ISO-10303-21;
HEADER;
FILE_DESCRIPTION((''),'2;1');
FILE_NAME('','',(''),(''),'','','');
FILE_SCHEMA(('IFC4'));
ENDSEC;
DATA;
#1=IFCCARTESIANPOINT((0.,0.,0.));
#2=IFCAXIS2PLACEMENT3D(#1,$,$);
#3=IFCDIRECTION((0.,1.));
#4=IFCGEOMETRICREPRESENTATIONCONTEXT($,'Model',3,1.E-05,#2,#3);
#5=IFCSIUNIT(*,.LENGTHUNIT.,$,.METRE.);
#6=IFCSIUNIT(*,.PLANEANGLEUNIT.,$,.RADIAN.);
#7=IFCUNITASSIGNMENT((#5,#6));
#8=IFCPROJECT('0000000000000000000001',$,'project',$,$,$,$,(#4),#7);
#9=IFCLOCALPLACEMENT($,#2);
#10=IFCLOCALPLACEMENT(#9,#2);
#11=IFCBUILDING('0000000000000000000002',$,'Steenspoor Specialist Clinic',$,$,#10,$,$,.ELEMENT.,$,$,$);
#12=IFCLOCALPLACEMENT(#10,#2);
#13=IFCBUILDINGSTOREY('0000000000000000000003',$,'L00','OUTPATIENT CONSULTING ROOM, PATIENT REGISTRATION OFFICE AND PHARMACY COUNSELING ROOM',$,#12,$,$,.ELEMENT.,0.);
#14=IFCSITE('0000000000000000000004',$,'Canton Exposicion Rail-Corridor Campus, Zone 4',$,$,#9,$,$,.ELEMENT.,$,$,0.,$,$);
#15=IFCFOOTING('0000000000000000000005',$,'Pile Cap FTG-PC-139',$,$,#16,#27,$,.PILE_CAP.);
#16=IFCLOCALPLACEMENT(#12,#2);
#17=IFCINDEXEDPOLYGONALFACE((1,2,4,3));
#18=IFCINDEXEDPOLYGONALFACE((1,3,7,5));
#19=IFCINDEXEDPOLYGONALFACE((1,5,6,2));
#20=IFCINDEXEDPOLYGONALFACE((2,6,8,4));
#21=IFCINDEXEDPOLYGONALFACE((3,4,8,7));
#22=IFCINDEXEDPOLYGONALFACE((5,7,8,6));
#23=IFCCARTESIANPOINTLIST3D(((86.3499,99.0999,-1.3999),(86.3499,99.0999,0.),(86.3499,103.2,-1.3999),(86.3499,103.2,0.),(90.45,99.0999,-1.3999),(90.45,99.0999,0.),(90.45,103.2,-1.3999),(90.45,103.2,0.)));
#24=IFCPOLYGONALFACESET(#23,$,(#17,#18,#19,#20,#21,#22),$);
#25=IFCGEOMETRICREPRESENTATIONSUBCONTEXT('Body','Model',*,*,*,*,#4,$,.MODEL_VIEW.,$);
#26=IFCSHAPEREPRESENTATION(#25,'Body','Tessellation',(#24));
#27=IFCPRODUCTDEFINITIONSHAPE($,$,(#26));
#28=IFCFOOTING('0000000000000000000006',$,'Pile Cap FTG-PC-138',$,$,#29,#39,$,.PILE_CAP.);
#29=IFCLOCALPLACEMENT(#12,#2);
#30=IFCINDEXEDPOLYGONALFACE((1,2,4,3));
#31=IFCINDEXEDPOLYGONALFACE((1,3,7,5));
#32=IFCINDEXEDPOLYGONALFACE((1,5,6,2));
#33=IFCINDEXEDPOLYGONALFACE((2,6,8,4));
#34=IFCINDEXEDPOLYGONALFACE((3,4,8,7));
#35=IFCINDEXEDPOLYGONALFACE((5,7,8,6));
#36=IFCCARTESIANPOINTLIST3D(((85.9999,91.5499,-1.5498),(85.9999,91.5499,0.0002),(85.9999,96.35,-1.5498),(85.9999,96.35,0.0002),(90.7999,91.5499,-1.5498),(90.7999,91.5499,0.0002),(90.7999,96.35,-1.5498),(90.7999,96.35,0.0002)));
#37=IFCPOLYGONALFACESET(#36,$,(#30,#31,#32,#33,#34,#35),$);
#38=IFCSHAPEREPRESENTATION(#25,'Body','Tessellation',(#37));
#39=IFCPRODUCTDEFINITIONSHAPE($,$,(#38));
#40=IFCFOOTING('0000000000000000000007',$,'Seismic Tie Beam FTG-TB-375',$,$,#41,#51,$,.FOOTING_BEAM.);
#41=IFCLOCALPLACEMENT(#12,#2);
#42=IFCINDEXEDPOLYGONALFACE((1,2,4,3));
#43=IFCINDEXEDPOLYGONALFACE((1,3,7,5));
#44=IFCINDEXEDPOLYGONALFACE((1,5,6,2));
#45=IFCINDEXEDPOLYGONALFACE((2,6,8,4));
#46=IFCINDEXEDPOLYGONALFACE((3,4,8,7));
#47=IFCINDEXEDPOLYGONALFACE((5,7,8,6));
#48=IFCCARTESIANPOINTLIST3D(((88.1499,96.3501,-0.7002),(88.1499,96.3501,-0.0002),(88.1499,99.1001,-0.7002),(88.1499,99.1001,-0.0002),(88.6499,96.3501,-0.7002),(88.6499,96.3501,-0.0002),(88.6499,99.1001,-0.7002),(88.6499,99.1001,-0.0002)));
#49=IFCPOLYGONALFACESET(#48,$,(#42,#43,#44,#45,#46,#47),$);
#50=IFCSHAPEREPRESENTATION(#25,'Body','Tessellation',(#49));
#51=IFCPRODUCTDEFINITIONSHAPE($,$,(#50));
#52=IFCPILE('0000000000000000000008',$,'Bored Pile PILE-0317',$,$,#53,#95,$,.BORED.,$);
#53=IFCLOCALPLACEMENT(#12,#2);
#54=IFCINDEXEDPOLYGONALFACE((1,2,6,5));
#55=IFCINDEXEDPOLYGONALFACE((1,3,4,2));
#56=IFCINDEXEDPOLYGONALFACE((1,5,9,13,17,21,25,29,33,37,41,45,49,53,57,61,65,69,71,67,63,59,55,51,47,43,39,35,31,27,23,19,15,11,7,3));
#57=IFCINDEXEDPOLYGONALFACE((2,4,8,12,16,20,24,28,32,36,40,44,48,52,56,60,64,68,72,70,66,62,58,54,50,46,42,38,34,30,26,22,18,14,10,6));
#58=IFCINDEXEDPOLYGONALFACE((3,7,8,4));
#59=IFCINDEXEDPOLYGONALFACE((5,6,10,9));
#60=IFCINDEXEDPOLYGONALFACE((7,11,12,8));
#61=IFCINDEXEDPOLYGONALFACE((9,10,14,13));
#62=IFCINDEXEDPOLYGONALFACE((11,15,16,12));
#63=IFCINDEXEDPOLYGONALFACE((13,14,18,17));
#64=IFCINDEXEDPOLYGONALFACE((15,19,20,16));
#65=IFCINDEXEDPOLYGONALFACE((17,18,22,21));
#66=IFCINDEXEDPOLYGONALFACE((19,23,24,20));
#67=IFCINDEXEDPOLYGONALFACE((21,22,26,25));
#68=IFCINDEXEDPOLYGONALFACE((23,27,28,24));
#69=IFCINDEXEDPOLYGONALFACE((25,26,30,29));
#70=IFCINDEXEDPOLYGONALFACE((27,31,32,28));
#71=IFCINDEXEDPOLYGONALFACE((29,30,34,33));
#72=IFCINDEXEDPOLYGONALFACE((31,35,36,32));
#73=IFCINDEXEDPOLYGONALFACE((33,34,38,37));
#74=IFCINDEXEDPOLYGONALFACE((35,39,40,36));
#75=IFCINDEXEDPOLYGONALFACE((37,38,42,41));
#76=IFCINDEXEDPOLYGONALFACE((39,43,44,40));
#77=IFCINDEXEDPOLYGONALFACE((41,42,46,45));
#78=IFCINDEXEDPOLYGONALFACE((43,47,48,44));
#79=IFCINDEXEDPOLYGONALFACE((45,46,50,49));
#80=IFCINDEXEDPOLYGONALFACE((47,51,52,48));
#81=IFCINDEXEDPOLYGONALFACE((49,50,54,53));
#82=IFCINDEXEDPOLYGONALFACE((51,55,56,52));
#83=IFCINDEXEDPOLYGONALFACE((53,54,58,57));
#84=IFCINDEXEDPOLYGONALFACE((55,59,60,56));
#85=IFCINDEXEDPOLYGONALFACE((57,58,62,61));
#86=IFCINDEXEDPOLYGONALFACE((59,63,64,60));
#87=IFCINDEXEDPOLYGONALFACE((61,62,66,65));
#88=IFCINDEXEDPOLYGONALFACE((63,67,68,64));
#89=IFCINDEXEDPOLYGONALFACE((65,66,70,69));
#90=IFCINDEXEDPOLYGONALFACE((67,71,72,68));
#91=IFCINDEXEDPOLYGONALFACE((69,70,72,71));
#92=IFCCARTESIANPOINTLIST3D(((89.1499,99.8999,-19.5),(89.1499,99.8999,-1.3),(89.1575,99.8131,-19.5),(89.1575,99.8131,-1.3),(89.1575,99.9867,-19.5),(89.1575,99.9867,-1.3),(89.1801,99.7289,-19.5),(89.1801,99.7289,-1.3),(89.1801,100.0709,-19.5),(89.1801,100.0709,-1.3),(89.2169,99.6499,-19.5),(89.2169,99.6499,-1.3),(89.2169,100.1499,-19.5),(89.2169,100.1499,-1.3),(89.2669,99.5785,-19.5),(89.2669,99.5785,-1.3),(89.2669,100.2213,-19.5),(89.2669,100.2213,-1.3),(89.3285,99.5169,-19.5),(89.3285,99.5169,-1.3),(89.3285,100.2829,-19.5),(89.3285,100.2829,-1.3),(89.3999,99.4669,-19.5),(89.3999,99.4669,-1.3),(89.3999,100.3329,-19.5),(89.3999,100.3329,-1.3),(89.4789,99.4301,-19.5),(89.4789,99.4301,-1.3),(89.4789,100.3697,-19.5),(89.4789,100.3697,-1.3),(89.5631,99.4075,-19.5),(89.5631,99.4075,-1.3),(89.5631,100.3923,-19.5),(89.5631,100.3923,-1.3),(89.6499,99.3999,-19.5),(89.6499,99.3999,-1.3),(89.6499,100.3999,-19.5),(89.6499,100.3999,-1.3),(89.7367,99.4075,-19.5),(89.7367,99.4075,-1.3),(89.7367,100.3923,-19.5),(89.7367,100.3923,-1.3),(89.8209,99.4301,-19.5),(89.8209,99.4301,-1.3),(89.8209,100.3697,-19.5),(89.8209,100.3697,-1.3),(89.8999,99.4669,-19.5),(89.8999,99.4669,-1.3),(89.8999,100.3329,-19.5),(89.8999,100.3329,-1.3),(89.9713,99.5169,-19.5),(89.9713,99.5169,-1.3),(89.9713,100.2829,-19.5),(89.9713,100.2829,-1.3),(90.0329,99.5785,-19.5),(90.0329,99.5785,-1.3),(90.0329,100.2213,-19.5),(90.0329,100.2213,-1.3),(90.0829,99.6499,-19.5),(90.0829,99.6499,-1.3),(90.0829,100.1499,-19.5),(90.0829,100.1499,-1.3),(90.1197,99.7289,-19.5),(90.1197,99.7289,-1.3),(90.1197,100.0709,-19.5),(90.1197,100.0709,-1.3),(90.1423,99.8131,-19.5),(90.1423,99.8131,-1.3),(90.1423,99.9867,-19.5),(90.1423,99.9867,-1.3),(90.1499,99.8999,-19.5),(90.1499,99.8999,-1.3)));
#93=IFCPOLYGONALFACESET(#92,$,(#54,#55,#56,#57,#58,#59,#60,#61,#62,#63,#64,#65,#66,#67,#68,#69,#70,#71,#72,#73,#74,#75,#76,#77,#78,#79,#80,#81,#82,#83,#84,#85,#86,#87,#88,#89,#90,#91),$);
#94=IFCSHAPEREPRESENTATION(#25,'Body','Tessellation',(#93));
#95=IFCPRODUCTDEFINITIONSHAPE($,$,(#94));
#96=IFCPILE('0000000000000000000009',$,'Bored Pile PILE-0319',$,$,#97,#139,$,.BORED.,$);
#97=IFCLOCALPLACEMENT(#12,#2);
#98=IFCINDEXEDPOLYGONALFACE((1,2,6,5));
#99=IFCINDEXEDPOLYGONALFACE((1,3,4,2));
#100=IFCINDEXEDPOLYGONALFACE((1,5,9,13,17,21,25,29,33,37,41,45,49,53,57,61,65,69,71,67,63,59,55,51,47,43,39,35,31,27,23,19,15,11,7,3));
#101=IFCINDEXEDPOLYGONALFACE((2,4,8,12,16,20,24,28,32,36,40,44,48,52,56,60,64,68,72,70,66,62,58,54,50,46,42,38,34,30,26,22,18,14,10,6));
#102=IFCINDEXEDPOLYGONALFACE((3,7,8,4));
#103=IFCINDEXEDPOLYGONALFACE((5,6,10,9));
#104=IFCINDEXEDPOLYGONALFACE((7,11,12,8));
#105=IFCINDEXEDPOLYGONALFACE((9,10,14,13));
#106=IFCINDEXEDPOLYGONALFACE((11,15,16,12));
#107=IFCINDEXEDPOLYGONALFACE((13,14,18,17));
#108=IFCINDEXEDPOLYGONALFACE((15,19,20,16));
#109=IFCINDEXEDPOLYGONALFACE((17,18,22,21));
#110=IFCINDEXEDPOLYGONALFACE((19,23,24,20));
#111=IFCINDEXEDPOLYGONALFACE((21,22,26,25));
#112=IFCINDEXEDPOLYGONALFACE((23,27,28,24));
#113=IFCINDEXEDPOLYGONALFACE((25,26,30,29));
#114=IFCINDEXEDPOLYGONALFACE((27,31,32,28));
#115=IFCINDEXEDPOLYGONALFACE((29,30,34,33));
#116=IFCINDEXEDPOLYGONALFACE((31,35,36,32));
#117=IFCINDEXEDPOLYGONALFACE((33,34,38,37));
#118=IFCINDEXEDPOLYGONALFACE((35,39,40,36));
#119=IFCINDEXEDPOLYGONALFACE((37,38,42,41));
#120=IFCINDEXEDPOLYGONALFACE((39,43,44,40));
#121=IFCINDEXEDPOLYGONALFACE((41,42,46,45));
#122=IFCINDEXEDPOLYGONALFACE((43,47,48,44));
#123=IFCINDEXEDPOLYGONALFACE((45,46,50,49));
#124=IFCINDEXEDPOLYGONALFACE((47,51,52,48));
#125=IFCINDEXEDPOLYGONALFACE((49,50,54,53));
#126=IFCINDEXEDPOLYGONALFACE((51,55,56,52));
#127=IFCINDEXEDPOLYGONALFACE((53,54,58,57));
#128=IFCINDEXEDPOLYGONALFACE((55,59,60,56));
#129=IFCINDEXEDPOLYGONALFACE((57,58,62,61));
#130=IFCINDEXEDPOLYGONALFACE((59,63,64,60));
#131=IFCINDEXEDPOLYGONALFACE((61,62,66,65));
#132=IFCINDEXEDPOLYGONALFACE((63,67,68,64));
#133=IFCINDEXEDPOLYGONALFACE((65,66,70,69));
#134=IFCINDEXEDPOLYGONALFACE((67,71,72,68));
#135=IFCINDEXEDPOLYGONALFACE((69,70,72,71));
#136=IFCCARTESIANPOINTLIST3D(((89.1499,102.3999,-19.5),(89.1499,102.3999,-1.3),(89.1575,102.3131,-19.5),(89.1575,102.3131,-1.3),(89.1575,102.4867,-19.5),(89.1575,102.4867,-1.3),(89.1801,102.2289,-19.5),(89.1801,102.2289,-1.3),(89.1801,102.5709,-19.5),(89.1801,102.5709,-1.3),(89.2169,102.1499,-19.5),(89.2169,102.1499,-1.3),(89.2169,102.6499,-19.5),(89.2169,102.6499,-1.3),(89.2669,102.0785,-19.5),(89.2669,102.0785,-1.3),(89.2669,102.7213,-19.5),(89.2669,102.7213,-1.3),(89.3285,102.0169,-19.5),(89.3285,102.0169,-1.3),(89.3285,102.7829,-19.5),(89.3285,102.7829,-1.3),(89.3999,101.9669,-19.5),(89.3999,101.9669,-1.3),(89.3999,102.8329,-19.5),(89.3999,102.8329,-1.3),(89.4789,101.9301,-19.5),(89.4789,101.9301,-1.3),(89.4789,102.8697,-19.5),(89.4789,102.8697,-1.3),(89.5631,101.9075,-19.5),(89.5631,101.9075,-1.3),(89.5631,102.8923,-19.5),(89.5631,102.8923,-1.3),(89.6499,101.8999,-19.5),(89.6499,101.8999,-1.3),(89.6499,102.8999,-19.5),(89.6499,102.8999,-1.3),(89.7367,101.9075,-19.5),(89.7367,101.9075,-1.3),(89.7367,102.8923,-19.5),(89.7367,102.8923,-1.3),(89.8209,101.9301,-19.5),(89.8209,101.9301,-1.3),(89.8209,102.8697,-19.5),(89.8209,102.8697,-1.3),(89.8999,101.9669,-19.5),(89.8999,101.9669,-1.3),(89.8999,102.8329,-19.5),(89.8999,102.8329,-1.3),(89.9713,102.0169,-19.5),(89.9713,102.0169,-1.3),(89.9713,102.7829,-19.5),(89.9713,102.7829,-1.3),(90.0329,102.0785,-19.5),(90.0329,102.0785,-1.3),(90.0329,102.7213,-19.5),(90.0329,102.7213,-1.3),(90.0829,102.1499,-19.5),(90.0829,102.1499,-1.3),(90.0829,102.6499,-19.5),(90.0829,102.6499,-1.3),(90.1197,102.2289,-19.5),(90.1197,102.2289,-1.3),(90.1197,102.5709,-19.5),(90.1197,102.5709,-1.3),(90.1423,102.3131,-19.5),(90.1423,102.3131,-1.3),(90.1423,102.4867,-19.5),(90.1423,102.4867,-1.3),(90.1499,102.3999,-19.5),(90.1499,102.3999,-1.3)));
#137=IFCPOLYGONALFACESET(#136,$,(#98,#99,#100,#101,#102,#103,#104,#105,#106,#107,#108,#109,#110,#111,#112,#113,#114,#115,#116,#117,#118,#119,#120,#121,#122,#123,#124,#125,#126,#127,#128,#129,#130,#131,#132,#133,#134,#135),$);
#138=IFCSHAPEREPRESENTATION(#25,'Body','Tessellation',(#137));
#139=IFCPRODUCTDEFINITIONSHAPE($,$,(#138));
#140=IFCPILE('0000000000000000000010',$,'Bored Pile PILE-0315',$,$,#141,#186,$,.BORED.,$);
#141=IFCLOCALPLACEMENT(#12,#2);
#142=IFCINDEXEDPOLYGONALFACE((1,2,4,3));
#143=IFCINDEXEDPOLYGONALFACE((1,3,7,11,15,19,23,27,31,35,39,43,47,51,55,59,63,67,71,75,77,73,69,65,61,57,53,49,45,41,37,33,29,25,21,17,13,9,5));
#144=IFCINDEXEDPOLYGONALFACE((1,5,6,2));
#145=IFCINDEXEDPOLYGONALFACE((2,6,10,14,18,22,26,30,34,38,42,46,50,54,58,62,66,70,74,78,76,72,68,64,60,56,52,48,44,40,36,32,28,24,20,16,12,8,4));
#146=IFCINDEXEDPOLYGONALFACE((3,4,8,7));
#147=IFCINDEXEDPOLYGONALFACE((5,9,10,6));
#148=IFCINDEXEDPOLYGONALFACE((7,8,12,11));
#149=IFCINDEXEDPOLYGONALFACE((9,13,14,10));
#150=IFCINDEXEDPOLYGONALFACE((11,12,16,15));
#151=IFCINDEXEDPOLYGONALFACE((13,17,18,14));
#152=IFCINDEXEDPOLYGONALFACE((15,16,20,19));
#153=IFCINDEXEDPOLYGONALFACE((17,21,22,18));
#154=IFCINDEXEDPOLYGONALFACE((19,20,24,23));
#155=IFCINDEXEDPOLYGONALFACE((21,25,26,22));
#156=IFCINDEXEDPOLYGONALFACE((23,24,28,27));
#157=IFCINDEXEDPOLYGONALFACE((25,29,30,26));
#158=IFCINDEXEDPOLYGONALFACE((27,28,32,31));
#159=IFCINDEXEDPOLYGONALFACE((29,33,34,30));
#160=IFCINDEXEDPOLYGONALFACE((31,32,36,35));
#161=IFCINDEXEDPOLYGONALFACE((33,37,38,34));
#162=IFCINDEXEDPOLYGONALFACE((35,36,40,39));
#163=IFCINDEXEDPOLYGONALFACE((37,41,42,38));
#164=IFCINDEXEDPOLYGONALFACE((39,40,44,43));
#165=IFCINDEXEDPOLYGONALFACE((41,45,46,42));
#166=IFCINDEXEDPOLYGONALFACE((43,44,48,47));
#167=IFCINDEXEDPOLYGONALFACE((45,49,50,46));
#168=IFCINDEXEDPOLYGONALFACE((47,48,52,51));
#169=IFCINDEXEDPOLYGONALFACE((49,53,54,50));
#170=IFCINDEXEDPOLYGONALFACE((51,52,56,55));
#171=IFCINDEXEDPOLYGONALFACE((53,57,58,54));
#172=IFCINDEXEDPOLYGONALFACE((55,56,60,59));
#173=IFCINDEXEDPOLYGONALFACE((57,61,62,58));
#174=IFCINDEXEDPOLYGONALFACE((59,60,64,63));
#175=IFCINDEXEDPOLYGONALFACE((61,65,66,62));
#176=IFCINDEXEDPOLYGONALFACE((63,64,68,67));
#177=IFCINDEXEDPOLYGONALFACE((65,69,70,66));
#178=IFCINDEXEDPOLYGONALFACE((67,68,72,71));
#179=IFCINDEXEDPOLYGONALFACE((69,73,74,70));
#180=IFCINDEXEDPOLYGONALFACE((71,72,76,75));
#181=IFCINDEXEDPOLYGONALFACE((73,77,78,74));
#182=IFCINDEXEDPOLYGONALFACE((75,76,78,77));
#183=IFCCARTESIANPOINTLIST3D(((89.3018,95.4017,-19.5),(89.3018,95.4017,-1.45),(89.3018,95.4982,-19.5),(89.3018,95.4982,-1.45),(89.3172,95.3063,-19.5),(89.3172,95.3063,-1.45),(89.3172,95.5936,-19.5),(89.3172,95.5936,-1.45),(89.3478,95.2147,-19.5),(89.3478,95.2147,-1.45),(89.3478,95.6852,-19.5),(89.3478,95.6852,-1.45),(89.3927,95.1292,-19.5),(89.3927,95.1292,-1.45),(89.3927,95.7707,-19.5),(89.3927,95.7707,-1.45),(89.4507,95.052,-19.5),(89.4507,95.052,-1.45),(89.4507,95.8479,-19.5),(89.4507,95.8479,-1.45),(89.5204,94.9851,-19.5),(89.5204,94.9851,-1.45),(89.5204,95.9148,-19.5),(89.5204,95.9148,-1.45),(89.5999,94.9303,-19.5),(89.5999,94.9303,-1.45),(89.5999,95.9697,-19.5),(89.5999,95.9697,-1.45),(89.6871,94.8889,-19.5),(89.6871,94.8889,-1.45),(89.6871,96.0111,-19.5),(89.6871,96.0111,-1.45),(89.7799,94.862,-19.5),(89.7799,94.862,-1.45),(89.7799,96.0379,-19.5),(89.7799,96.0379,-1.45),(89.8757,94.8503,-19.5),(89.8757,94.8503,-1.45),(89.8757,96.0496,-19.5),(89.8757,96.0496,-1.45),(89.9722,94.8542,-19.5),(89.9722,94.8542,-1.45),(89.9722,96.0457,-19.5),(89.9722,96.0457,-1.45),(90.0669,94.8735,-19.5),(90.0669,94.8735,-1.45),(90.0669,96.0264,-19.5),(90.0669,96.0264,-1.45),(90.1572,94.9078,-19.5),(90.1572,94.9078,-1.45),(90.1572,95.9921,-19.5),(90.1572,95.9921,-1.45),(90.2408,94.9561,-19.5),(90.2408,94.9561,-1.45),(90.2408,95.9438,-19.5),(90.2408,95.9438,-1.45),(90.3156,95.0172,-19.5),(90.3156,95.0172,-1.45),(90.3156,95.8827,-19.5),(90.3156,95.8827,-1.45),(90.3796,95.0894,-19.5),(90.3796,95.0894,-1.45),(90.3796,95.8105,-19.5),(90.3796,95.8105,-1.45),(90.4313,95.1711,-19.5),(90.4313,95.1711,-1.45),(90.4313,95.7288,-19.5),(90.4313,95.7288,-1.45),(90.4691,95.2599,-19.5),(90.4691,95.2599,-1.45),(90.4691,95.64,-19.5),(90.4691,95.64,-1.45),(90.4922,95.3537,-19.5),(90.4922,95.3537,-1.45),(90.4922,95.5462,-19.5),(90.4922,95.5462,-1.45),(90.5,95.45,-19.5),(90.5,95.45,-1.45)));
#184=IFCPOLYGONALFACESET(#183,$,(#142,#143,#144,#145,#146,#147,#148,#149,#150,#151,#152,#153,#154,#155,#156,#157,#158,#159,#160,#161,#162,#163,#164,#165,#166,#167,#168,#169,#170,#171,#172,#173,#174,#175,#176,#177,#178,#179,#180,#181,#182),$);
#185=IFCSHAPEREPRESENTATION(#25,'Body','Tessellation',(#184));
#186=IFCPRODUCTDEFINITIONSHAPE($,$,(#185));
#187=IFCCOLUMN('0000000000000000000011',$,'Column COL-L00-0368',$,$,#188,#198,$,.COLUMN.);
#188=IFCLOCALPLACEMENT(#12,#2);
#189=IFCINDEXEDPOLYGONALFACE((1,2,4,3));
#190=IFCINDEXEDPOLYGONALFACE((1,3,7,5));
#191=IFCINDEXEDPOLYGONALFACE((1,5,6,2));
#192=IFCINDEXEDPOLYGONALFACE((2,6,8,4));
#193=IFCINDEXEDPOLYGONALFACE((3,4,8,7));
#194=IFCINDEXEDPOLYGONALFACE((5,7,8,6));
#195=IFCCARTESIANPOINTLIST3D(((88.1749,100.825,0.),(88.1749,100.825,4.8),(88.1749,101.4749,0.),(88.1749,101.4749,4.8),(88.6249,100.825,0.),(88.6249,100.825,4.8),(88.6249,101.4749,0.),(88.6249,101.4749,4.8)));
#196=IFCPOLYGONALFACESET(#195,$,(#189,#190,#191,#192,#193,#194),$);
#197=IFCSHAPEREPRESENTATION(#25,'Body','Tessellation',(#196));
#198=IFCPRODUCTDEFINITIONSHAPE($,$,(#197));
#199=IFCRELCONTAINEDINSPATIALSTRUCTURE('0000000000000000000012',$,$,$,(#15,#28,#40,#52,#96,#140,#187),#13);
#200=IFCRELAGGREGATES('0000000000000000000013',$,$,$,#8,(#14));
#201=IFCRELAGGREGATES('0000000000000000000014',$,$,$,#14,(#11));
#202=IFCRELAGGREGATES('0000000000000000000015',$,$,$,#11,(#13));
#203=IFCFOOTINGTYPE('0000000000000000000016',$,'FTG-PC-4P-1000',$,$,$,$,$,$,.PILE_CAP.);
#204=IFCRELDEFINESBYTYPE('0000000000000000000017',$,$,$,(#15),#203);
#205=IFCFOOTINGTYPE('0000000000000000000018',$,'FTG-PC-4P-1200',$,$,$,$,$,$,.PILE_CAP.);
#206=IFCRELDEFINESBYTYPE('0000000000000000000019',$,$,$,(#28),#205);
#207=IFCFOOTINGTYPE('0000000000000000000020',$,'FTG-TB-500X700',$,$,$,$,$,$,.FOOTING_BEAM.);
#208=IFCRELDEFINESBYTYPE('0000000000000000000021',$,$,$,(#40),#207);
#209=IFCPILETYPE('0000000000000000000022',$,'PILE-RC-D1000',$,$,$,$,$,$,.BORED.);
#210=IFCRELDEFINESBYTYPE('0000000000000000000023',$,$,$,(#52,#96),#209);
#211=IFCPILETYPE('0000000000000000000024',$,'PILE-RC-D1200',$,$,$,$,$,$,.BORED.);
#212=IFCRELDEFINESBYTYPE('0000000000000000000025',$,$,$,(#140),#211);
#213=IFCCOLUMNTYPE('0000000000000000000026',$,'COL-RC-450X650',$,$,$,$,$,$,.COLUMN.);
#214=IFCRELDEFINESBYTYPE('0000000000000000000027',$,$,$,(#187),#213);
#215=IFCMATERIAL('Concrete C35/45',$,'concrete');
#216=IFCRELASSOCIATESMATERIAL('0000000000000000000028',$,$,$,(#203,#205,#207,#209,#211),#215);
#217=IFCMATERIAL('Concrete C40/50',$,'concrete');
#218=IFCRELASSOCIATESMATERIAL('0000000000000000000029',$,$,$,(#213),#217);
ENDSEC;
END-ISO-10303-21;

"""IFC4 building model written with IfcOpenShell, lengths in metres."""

from ifc_helpers import new_model, si_unit, direction, frame, origin, origin_2d, place, context, subcontext, project, spatial, rectangle, circle, extrude, material, material_profile, profile_set, type_object, element, save


model = new_model("IFC4")

# Units and contexts
model_context = context("Model", 3, precision=1e-05, world=origin(), true_north=direction((0.0, 1.0)))
body_context = subcontext(model_context, "Body", "Model", "MODEL_VIEW")
ifc_project = project(units=[si_unit("LENGTHUNIT", "METRE"), si_unit("PLANEANGLEUNIT", "RADIAN")], contexts=[model_context])

# Site, building, storey
site_placement = place(None, origin())
site = spatial("IfcSite", under=ifc_project, at=site_placement, Name="Canton Exposicion Rail-Corridor Campus, Zone 4", CompositionType="ELEMENT", RefElevation=0.0)
building_placement = place(site_placement, origin())
building = spatial("IfcBuilding", under=site, at=building_placement, Name="Steenspoor Specialist Clinic", CompositionType="ELEMENT")
storey_placement = place(building_placement, origin())
storey = spatial("IfcBuildingStorey", under=building, at=storey_placement, Name="L00", Description="OUTPATIENT CONSULTING ROOM, PATIENT REGISTRATION OFFICE AND PHARMACY COUNSELING ROOM", CompositionType="ELEMENT", Elevation=0.0)

# Footings
ifc_material_1 = material(Name="Concrete C35/45", Category="concrete")
footing_type_1 = type_object("IfcFootingType", Name="FTG-PC-4P-1000", PredefinedType="PILE_CAP", material=ifc_material_1)
footing_1_placement = place(storey_placement, frame((88.3999, 101.1499, -1.3999), z_axis=(0.0, 0.0, 1.0), x_axis=(1.0, 0.0, 0.0)))
element("IfcFooting", 1, at=footing_1_placement, inside=storey, type_object=footing_type_1, Name="Pile Cap FTG-PC-139", PredefinedType="PILE_CAP", context=body_context, shape_type="SweptSolid", body=[
    extrude(rectangle(XDim=4.1001, YDim=4.1001, at=origin_2d()), origin(), (0.0, 0.0, 1.0), 1.3999),
])
footing_type_2 = type_object("IfcFootingType", Name="FTG-PC-4P-1200", PredefinedType="PILE_CAP", material=ifc_material_1)
footing_2_placement = place(storey_placement, frame((88.3999, 93.95, -1.5498), z_axis=(0.0, 0.0, 1.0), x_axis=(1.0, 0.0, 0.0)))
element("IfcFooting", 2, at=footing_2_placement, inside=storey, type_object=footing_type_2, Name="Pile Cap FTG-PC-138", PredefinedType="PILE_CAP", context=body_context, shape_type="SweptSolid", body=[
    extrude(rectangle(XDim=4.8, YDim=4.8, at=origin_2d()), origin(), (0.0, 0.0, 1.0), 1.55),
])
footing_type_3 = type_object("IfcFootingType", Name="FTG-TB-500X700", PredefinedType="FOOTING_BEAM", material=ifc_material_1)
footing_3_placement = place(storey_placement, frame((88.3999, 97.7251, -0.7002), z_axis=(0.0, 0.0, 1.0), x_axis=(1.0, 0.0, 0.0)))
element("IfcFooting", 3, at=footing_3_placement, inside=storey, type_object=footing_type_3, Name="Seismic Tie Beam FTG-TB-375", PredefinedType="FOOTING_BEAM", context=body_context, shape_type="SweptSolid", body=[
    extrude(rectangle(XDim=0.5, YDim=2.75, at=origin_2d()), origin(), (0.0, 0.0, 1.0), 0.7),
])

# Piles
ifc_material_profile_1 = material_profile(ifc_material_1, circle(Radius=0.5, at=origin_2d()), Name="PILE-D1000")
ifc_profile_set_1 = profile_set([ifc_material_profile_1], Name="Concrete C35/45")
pile_type_1 = type_object("IfcPileType", Name="PILE-RC-D1000", PredefinedType="BORED", material=ifc_profile_set_1)
for number, where, z_axis, x_axis, name in (
    (4, (89.6499, 99.8999, -1.3), (0.0, 0.0, -1.0), (1.0, 0.0, 0.0), "Bored Pile PILE-0317"),
    (5, (89.6499, 102.3999, -1.3), (0.0, 0.0, -1.0), (1.0, 0.0, 0.0), "Bored Pile PILE-0319"),
):
    element("IfcPile", number, at=place(storey_placement, frame(where, z_axis=z_axis, x_axis=x_axis)), inside=storey, type_object=pile_type_1, Name=name, PredefinedType="BORED", context=body_context, shape_type="SweptSolid", body=[
        extrude(circle(Radius=0.5, at=origin_2d()), origin(), (0.0, 0.0, 1.0), 18.2),
    ])
ifc_material_profile_2 = material_profile(ifc_material_1, circle(Radius=0.6001, at=origin_2d()), Name="PILE-D1200")
ifc_profile_set_2 = profile_set([ifc_material_profile_2], Name="Concrete C35/45")
pile_type_2 = type_object("IfcPileType", Name="PILE-RC-D1200", PredefinedType="BORED", material=ifc_profile_set_2)
pile_placement = place(storey_placement, frame((89.8999, 95.45, -1.45), z_axis=(0.0, 0.0, -1.0), x_axis=(1.0, 0.0, 0.0)))
element("IfcPile", 6, at=pile_placement, inside=storey, type_object=pile_type_2, Name="Bored Pile PILE-0315", PredefinedType="BORED", context=body_context, shape_type="SweptSolid", body=[
    extrude(circle(Radius=0.6001, at=origin_2d()), origin(), (0.0, 0.0, 1.0), 18.05),
])

# Column
ifc_material_2 = material(Name="Concrete C40/50", Category="concrete")
ifc_material_profile_3 = material_profile(ifc_material_2, rectangle(XDim=0.45, YDim=0.6499, at=origin_2d()), Name="RC-COL-450X650")
ifc_profile_set_3 = profile_set([ifc_material_profile_3], Name="Concrete C40/50")
column_type_1 = type_object("IfcColumnType", Name="COL-RC-450X650", PredefinedType="COLUMN", material=ifc_profile_set_3)
column_1_placement = place(storey_placement, frame((88.3999, 101.1499, 0.0), z_axis=(0.0, 0.0, 1.0), x_axis=(1.0, 0.0, 0.0)))
element("IfcColumn", 7, at=column_1_placement, inside=storey, type_object=column_type_1, Name="Column COL-L00-0368", PredefinedType="COLUMN", context=body_context, shape_type="SweptSolid", body=[
    extrude(rectangle(XDim=0.45, YDim=0.6499, at=origin_2d()), origin(), (0.0, 0.0, 1.0), 4.8),
])

save(model, "model.ifc")
